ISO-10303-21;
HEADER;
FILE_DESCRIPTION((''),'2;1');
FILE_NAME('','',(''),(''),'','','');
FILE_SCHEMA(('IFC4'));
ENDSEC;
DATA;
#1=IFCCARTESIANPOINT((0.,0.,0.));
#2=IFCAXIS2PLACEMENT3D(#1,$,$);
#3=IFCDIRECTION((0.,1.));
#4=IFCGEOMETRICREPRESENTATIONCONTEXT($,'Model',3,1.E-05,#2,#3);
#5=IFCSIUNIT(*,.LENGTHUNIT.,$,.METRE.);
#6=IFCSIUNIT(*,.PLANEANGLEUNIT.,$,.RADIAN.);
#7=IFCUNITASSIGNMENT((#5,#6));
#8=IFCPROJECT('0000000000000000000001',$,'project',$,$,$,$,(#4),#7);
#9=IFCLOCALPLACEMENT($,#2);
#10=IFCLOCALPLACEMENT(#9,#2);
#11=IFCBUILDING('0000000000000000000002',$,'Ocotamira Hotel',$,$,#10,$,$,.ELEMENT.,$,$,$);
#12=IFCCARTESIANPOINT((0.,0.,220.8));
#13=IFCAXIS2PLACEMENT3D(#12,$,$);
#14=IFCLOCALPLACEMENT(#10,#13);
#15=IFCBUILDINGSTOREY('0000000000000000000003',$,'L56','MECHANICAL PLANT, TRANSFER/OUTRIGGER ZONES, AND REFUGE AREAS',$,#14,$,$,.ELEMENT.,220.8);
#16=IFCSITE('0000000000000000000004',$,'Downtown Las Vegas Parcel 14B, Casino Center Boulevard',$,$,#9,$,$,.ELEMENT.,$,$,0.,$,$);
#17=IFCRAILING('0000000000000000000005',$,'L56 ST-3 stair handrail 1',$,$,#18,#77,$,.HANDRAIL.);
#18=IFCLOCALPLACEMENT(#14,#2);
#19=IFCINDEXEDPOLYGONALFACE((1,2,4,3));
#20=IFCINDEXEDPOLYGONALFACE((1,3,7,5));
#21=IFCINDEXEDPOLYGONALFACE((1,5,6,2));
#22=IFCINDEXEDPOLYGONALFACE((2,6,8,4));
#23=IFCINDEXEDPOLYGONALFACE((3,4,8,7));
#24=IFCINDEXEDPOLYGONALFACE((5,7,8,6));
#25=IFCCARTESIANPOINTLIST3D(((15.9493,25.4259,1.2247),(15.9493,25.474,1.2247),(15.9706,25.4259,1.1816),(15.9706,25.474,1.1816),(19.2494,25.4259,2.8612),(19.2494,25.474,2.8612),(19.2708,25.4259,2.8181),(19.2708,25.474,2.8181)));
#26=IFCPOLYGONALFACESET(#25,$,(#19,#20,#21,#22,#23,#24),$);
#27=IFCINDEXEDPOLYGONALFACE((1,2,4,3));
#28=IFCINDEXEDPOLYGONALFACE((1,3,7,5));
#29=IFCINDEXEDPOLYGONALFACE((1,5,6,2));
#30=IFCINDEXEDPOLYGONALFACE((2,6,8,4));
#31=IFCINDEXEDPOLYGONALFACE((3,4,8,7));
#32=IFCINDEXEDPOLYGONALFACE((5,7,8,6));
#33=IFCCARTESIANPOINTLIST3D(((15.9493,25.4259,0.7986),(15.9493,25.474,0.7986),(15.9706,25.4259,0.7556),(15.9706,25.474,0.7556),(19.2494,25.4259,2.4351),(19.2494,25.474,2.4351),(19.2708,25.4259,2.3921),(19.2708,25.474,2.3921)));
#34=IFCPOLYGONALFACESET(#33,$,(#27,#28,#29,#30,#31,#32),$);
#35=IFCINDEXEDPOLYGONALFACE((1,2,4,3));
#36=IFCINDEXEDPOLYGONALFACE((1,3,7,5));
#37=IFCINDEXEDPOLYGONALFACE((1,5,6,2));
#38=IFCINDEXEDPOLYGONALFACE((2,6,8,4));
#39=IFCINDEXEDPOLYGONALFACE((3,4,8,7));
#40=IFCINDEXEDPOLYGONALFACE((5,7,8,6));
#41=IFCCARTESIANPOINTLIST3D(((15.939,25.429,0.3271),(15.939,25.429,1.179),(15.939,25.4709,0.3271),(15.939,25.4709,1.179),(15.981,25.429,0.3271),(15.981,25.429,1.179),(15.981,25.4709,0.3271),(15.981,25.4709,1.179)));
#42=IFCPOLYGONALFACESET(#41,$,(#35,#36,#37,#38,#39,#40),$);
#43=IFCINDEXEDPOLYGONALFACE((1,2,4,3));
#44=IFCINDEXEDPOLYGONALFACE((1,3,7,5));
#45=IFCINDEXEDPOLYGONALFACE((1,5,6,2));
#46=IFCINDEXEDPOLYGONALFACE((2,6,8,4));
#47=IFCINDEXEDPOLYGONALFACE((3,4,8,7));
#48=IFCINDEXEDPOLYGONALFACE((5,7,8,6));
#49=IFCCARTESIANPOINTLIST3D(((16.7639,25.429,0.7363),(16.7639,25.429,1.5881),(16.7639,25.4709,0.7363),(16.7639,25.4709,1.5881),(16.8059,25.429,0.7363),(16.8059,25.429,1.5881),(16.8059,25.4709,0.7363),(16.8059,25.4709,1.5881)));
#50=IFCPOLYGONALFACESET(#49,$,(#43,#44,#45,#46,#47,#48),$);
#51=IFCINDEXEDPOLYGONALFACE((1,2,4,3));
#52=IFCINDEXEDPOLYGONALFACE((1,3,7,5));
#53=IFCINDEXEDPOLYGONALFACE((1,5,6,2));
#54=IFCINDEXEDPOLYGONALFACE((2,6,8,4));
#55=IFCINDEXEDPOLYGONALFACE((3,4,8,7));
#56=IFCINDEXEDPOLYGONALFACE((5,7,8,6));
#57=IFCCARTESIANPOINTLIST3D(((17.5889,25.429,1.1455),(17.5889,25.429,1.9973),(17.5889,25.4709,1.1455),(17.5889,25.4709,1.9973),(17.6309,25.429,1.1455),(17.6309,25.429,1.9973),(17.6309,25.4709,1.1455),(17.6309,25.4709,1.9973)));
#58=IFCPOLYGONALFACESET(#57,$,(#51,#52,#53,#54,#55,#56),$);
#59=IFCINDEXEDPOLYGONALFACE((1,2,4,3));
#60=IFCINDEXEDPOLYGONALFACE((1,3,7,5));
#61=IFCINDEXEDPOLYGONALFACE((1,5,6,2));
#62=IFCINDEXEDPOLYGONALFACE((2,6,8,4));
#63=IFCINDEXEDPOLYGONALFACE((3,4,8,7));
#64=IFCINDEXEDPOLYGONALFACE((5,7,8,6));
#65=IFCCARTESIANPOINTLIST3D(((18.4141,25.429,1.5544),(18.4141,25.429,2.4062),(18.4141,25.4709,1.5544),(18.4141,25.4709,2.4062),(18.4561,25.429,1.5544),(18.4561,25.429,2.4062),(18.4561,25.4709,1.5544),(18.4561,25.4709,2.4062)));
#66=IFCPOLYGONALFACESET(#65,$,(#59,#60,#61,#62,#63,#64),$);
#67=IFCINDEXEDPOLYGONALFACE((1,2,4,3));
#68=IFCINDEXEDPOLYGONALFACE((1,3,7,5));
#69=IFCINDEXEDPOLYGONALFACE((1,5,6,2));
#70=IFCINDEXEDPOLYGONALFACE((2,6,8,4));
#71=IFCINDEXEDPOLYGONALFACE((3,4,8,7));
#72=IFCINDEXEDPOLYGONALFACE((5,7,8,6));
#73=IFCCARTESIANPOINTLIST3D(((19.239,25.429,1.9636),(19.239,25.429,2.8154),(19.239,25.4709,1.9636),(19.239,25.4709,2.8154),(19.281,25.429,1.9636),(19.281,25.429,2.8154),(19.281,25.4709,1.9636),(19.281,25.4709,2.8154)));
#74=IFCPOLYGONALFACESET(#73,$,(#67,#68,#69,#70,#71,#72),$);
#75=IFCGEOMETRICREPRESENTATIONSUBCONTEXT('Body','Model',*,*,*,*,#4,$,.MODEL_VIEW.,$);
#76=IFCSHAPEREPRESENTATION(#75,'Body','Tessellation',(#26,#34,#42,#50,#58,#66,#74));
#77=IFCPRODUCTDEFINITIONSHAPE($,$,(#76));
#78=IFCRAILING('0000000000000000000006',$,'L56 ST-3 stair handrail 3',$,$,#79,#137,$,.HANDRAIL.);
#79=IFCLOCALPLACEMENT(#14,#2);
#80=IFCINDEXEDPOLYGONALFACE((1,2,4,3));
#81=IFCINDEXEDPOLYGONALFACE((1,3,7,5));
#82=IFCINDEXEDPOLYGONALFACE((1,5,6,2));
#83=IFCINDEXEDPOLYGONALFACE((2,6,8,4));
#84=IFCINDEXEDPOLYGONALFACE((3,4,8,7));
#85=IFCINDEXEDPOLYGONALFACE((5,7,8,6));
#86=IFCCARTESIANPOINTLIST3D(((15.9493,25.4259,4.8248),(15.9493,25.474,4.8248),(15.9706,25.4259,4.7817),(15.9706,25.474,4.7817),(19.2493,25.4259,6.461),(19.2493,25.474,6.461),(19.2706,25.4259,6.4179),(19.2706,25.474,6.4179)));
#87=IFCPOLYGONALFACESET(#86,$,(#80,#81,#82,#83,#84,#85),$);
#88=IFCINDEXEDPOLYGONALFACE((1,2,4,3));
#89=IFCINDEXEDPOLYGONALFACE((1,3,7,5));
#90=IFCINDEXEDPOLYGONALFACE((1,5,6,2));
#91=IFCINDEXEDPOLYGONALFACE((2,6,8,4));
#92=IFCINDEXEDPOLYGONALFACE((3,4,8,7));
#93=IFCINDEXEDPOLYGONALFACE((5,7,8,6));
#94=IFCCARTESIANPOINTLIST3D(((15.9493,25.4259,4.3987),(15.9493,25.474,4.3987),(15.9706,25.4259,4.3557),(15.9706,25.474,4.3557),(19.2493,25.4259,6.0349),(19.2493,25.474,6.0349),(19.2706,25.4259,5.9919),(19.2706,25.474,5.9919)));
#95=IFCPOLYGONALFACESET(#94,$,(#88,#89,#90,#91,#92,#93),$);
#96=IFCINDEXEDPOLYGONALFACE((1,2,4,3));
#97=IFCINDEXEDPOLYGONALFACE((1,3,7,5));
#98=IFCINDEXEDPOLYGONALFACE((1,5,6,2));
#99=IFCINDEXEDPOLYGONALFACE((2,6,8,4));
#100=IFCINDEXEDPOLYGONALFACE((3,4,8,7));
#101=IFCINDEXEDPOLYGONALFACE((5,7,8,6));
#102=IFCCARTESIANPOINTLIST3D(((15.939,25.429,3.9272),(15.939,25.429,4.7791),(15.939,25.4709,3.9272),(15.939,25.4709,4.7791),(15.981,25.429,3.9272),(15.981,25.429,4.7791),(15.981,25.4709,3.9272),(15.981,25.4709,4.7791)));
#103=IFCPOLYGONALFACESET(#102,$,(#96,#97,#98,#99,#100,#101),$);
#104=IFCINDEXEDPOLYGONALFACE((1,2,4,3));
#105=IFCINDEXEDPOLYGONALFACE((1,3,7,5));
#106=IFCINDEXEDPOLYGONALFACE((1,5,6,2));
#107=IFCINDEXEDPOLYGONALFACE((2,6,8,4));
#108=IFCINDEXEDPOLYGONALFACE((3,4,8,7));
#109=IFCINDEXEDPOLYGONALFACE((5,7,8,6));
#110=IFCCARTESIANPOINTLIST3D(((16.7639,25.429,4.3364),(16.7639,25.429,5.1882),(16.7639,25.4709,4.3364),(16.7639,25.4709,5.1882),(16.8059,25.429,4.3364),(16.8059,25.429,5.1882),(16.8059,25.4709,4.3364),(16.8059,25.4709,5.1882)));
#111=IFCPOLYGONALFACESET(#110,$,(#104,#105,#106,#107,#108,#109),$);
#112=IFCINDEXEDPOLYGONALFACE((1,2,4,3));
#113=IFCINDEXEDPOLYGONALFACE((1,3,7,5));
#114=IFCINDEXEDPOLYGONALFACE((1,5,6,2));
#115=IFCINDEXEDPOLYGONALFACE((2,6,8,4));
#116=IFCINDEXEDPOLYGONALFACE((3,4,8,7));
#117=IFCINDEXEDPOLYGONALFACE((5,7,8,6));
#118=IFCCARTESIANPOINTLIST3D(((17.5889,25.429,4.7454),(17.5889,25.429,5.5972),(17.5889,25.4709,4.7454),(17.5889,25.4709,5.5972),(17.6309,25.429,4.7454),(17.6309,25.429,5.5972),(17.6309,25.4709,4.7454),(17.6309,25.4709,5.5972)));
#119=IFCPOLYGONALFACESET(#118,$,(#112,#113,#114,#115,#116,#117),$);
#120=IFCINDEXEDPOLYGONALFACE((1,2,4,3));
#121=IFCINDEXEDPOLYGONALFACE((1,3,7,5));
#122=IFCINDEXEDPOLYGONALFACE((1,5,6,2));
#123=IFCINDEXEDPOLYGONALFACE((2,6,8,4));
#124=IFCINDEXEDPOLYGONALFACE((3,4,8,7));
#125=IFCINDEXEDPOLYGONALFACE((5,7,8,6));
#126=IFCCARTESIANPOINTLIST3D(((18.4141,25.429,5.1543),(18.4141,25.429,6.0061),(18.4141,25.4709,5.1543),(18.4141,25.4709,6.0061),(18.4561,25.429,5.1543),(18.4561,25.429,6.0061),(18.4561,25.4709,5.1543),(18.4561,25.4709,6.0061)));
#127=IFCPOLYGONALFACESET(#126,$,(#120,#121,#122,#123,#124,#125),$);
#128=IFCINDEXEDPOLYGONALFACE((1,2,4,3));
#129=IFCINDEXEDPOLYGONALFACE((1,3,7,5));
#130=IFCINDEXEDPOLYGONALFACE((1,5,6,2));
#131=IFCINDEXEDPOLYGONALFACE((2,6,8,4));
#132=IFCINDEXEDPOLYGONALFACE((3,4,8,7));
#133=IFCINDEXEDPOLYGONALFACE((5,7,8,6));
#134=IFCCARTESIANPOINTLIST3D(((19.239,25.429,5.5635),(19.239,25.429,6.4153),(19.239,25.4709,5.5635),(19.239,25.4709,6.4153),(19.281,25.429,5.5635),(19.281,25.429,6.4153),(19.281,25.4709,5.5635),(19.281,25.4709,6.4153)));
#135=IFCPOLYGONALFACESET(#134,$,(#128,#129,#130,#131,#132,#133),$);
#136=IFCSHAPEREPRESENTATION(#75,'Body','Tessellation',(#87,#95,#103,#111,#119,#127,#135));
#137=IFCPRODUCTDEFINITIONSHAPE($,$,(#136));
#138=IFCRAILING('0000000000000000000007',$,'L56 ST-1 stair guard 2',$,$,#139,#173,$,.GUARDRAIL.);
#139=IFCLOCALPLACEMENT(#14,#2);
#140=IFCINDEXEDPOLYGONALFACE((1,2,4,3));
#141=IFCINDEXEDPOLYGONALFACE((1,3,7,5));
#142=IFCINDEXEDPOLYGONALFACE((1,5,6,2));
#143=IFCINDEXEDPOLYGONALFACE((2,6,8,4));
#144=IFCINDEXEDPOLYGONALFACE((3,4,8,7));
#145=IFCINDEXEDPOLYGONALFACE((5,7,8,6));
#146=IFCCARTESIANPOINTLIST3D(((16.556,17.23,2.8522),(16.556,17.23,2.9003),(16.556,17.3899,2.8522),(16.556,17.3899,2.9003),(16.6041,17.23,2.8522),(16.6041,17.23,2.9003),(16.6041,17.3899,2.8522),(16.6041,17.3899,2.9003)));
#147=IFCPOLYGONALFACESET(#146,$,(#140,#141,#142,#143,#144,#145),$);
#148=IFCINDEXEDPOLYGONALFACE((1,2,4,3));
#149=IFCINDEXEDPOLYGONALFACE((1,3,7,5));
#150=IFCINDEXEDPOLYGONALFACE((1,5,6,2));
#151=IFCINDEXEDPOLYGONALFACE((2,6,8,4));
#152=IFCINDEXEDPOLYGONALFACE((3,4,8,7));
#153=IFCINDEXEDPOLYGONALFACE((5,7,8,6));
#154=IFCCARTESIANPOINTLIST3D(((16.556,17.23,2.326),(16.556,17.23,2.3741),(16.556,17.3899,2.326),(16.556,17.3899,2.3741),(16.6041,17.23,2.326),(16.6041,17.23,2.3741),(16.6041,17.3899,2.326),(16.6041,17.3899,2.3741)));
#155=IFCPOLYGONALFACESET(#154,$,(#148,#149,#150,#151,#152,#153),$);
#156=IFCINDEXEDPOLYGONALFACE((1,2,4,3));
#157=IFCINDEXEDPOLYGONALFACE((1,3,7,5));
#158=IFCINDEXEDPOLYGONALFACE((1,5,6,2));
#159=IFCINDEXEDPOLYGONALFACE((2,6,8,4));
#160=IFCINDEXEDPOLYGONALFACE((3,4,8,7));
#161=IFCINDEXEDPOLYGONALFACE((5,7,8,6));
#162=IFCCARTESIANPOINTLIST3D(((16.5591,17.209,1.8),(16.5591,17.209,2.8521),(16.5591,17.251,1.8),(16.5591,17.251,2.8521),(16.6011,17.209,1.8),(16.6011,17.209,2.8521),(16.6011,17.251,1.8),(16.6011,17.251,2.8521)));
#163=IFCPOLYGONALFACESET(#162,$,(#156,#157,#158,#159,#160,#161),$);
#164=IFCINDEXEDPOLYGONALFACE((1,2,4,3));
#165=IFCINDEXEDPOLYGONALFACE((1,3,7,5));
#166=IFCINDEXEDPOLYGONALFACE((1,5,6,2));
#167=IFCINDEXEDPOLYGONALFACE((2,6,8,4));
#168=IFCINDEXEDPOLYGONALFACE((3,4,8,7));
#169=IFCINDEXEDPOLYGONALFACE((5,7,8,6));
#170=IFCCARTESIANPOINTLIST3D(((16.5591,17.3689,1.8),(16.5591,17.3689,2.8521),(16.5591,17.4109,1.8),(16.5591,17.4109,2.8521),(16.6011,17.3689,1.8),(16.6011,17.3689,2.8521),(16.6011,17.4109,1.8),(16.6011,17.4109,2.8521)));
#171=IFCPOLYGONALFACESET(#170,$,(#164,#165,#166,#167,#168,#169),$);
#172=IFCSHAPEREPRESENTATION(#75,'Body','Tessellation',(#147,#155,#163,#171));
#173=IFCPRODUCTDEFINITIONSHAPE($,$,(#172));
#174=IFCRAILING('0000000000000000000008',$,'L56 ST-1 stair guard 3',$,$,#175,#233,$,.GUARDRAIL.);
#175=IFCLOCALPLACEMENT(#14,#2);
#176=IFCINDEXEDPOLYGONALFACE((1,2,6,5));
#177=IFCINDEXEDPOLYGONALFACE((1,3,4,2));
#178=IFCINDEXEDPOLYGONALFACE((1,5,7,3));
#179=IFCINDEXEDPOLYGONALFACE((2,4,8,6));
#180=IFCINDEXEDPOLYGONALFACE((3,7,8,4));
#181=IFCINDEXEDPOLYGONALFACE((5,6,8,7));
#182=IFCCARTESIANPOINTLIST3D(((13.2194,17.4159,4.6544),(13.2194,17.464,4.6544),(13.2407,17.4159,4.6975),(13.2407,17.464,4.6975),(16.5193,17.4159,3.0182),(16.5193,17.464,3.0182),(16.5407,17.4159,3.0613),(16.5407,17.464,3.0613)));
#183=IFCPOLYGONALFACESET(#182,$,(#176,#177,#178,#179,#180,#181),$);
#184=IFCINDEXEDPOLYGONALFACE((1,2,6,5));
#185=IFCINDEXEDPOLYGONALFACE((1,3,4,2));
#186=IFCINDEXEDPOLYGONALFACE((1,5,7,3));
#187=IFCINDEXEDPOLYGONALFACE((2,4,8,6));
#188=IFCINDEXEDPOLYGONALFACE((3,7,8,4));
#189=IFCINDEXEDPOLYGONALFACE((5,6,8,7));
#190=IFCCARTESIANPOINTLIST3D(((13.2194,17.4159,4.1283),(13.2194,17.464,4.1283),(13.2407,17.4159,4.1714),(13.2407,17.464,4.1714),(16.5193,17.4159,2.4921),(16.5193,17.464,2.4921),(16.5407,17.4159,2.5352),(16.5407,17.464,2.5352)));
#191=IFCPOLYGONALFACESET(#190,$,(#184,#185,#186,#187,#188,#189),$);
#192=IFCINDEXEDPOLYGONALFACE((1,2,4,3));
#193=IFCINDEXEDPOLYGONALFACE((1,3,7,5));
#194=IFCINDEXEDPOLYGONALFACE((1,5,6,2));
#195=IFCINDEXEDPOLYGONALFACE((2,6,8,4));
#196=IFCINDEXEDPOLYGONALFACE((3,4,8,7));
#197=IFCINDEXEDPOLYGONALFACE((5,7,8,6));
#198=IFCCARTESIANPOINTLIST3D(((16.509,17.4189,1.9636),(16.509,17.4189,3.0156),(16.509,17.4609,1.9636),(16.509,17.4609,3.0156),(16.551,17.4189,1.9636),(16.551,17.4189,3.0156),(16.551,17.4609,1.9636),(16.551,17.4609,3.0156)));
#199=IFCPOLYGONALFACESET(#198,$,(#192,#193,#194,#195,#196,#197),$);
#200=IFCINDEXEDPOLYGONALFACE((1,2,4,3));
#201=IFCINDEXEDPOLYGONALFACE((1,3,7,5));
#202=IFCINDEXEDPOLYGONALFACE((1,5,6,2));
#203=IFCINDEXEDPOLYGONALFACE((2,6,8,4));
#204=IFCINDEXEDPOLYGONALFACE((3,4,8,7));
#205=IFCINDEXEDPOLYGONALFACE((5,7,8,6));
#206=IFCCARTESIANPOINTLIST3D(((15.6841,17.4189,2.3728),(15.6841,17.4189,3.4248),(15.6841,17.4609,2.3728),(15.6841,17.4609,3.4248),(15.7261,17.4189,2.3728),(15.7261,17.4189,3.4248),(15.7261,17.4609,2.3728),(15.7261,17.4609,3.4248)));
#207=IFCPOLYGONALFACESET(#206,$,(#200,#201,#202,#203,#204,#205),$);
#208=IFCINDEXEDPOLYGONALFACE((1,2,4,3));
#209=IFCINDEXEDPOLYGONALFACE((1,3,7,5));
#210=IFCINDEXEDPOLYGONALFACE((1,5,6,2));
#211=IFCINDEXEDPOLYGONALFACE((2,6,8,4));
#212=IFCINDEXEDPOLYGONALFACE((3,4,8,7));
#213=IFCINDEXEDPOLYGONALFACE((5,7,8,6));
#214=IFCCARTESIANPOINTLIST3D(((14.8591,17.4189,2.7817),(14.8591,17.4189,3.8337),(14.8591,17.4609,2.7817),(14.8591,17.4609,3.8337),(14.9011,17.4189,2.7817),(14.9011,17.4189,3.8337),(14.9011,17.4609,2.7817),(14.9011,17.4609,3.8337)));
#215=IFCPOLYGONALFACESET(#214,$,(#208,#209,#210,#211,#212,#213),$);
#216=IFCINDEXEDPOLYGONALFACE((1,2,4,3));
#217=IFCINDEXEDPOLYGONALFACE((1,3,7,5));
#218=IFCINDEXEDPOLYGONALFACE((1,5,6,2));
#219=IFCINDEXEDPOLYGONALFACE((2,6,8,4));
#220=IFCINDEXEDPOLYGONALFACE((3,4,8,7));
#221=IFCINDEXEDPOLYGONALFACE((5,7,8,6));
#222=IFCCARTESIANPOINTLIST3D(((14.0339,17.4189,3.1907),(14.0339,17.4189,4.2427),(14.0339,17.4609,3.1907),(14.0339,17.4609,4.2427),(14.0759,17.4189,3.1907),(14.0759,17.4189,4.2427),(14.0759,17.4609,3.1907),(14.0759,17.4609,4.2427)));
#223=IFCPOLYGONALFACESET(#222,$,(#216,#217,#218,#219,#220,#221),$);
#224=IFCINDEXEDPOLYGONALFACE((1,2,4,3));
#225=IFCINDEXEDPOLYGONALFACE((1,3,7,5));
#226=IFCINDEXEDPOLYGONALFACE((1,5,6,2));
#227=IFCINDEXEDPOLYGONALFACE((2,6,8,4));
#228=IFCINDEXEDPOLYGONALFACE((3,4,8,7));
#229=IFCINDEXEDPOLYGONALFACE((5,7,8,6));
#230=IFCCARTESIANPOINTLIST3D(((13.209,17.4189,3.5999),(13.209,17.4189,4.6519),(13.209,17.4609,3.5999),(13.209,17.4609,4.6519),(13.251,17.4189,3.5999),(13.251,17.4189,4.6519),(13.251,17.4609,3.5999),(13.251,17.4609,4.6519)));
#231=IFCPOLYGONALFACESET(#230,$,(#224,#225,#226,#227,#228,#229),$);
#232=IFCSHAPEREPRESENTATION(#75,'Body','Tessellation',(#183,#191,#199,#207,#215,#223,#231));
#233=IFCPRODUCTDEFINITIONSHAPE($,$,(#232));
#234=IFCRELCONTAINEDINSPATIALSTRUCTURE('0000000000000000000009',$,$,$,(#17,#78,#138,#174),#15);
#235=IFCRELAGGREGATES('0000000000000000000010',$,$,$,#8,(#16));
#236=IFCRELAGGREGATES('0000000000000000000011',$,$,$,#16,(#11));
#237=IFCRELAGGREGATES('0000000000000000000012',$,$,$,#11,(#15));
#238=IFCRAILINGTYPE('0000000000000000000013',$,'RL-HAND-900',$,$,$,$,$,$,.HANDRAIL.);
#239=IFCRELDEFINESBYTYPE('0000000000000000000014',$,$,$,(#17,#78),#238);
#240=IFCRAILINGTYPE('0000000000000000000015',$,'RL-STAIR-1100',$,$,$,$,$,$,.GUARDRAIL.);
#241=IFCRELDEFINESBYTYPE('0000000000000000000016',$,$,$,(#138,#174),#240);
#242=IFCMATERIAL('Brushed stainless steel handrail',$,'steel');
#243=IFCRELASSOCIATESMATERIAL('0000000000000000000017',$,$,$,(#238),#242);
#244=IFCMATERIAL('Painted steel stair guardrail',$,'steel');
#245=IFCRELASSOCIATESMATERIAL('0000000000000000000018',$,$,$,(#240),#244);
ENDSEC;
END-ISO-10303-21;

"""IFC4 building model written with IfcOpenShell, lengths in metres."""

from ifc_helpers import new_model, si_unit, direction, frame, origin, origin_2d, place, context, subcontext, project, spatial, rectangle, extrude, material, type_object, element, save


model = new_model("IFC4")

# Units and contexts
model_context = context("Model", 3, precision=1e-05, world=origin(), true_north=direction((0.0, 1.0)))
body_context = subcontext(model_context, "Body", "Model", "MODEL_VIEW")
ifc_project = project(units=[si_unit("LENGTHUNIT", "METRE"), si_unit("PLANEANGLEUNIT", "RADIAN")], contexts=[model_context])

# Site, building, storey
site_placement = place(None, origin())
site = spatial("IfcSite", under=ifc_project, at=site_placement, Name="Downtown Las Vegas Parcel 14B, Casino Center Boulevard", CompositionType="ELEMENT", RefElevation=0.0)
building_placement = place(site_placement, origin())
building = spatial("IfcBuilding", under=site, at=building_placement, Name="Ocotamira Hotel", CompositionType="ELEMENT")
storey_placement = place(building_placement, frame((0.0, 0.0, 220.8)))
storey = spatial("IfcBuildingStorey", under=building, at=storey_placement, Name="L56", Description="MECHANICAL PLANT, TRANSFER/OUTRIGGER ZONES, AND REFUGE AREAS", CompositionType="ELEMENT", Elevation=220.8)

# Railings
ifc_material_1 = material(Name="Brushed stainless steel handrail", Category="steel")
railing_type_1 = type_object("IfcRailingType", Name="RL-HAND-900", PredefinedType="HANDRAIL", material=ifc_material_1)
railing_1_placement = place(storey_placement, frame((15.96, 25.45, 0.3271)))
element("IfcRailing", 1, at=railing_1_placement, inside=storey, type_object=railing_type_1, Name="L56 ST-3 stair handrail 1", PredefinedType="HANDRAIL", context=body_context, shape_type="SweptSolid", body=[
    extrude(rectangle(XDim=0.0481, YDim=0.0481, at=origin_2d()), frame((0.0, 0.0, 0.876), z_axis=(0.895894, 0.0, 0.444268), x_axis=(0.0, 1.0, 0.0)), (0.0, 0.0, 1.0), 3.6836),
    extrude(rectangle(XDim=0.0481, YDim=0.0481, at=origin_2d()), frame((0.0, 0.0, 0.45), z_axis=(0.895894, 0.0, 0.444268), x_axis=(0.0, 1.0, 0.0)), (0.0, 0.0, 1.0), 3.6836),
    extrude(rectangle(XDim=0.042, YDim=0.042, at=origin_2d()), origin(), (0.0, 0.0, 1.0), 0.8518),
    extrude(rectangle(XDim=0.042, YDim=0.042, at=origin_2d()), frame((0.825, 0.0, 0.4092)), (0.0, 0.0, 1.0), 0.8518),
    extrude(rectangle(XDim=0.042, YDim=0.042, at=origin_2d()), frame((1.6499, 0.0, 0.8184)), (0.0, 0.0, 1.0), 0.8518),
    extrude(rectangle(XDim=0.042, YDim=0.042, at=origin_2d()), frame((2.4751, 0.0, 1.2273)), (0.0, 0.0, 1.0), 0.8518),
    extrude(rectangle(XDim=0.042, YDim=0.042, at=origin_2d()), frame((3.3, 0.0, 1.6365)), (0.0, 0.0, 1.0), 0.8518),
])
railing_2_placement = place(storey_placement, frame((15.96, 25.45, 3.9272)))
element("IfcRailing", 2, at=railing_2_placement, inside=storey, type_object=railing_type_1, Name="L56 ST-3 stair handrail 3", PredefinedType="HANDRAIL", context=body_context, shape_type="SweptSolid", body=[
    extrude(rectangle(XDim=0.0481, YDim=0.0481, at=origin_2d()), frame((0.0, 0.0, 0.876), z_axis=(0.89592, 0.0, 0.444215), x_axis=(0.0, 1.0, 0.0)), (0.0, 0.0, 1.0), 3.6833),
    extrude(rectangle(XDim=0.0481, YDim=0.0481, at=origin_2d()), frame((0.0, 0.0, 0.45), z_axis=(0.89592, 0.0, 0.444215), x_axis=(0.0, 1.0, 0.0)), (0.0, 0.0, 1.0), 3.6833),
    extrude(rectangle(XDim=0.042, YDim=0.042, at=origin_2d()), origin(), (0.0, 0.0, 1.0), 0.8518),
    extrude(rectangle(XDim=0.042, YDim=0.042, at=origin_2d()), frame((0.825, 0.0, 0.4092)), (0.0, 0.0, 1.0), 0.8518),
    extrude(rectangle(XDim=0.042, YDim=0.042, at=origin_2d()), frame((1.6499, 0.0, 0.8181)), (0.0, 0.0, 1.0), 0.8518),
    extrude(rectangle(XDim=0.042, YDim=0.042, at=origin_2d()), frame((2.4751, 0.0, 1.2271)), (0.0, 0.0, 1.0), 0.8518),
    extrude(rectangle(XDim=0.042, YDim=0.042, at=origin_2d()), frame((3.3, 0.0, 1.6362)), (0.0, 0.0, 1.0), 0.8518),
])
ifc_material_2 = material(Name="Painted steel stair guardrail", Category="steel")
railing_type_2 = type_object("IfcRailingType", Name="RL-STAIR-1100", PredefinedType="GUARDRAIL", material=ifc_material_2)
railing_3_placement = place(storey_placement, frame((16.5801, 17.23, 1.8)))
element("IfcRailing", 3, at=railing_3_placement, inside=storey, type_object=railing_type_2, Name="L56 ST-1 stair guard 2", PredefinedType="GUARDRAIL", context=body_context, shape_type="SweptSolid", body=[
    extrude(rectangle(XDim=0.0481, YDim=0.0481, at=origin_2d()), frame((0.0, 0.0, 1.0762), z_axis=(0.0, 1.0, 0.0), x_axis=(-1.0, 0.0, 0.0)), (0.0, 0.0, 1.0), 0.1599),
    extrude(rectangle(XDim=0.0481, YDim=0.0481, at=origin_2d()), frame((0.0, 0.0, 0.55), z_axis=(0.0, 1.0, 0.0), x_axis=(-1.0, 0.0, 0.0)), (0.0, 0.0, 1.0), 0.1599),
    extrude(rectangle(XDim=0.042, YDim=0.042, at=origin_2d()), origin(), (0.0, 0.0, 1.0), 1.052),
    extrude(rectangle(XDim=0.042, YDim=0.042, at=origin_2d()), frame((0.0, 0.1599, 0.0)), (0.0, 0.0, 1.0), 1.052),
])
railing_4_placement = place(storey_placement, frame((16.53, 17.4399, 1.9636)))
element("IfcRailing", 4, at=railing_4_placement, inside=storey, type_object=railing_type_2, Name="L56 ST-1 stair guard 3", PredefinedType="GUARDRAIL", context=body_context, shape_type="SweptSolid", body=[
    extrude(rectangle(XDim=0.0481, YDim=0.0481, at=origin_2d()), frame((0.0, 0.0, 1.0762), z_axis=(-0.89592, 0.0, 0.444215), x_axis=(0.0, -1.0, 0.0)), (0.0, 0.0, 1.0), 3.6833),
    extrude(rectangle(XDim=0.0481, YDim=0.0481, at=origin_2d()), frame((0.0, 0.0, 0.55), z_axis=(-0.89592, 0.0, 0.444215), x_axis=(0.0, -1.0, 0.0)), (0.0, 0.0, 1.0), 3.6833),
    extrude(rectangle(XDim=0.042, YDim=0.042, at=origin_2d()), origin(), (0.0, 0.0, 1.0), 1.052),
    extrude(rectangle(XDim=0.042, YDim=0.042, at=origin_2d()), frame((-0.825, 0.0, 0.4092)), (0.0, 0.0, 1.0), 1.052),
    extrude(rectangle(XDim=0.042, YDim=0.042, at=origin_2d()), frame((-1.6499, 0.0, 0.8181)), (0.0, 0.0, 1.0), 1.052),
    extrude(rectangle(XDim=0.042, YDim=0.042, at=origin_2d()), frame((-2.4751, 0.0, 1.2271)), (0.0, 0.0, 1.0), 1.052),
    extrude(rectangle(XDim=0.042, YDim=0.042, at=origin_2d()), frame((-3.3, 0.0, 1.6362)), (0.0, 0.0, 1.0), 1.052),
])

save(model, "model.ifc")
